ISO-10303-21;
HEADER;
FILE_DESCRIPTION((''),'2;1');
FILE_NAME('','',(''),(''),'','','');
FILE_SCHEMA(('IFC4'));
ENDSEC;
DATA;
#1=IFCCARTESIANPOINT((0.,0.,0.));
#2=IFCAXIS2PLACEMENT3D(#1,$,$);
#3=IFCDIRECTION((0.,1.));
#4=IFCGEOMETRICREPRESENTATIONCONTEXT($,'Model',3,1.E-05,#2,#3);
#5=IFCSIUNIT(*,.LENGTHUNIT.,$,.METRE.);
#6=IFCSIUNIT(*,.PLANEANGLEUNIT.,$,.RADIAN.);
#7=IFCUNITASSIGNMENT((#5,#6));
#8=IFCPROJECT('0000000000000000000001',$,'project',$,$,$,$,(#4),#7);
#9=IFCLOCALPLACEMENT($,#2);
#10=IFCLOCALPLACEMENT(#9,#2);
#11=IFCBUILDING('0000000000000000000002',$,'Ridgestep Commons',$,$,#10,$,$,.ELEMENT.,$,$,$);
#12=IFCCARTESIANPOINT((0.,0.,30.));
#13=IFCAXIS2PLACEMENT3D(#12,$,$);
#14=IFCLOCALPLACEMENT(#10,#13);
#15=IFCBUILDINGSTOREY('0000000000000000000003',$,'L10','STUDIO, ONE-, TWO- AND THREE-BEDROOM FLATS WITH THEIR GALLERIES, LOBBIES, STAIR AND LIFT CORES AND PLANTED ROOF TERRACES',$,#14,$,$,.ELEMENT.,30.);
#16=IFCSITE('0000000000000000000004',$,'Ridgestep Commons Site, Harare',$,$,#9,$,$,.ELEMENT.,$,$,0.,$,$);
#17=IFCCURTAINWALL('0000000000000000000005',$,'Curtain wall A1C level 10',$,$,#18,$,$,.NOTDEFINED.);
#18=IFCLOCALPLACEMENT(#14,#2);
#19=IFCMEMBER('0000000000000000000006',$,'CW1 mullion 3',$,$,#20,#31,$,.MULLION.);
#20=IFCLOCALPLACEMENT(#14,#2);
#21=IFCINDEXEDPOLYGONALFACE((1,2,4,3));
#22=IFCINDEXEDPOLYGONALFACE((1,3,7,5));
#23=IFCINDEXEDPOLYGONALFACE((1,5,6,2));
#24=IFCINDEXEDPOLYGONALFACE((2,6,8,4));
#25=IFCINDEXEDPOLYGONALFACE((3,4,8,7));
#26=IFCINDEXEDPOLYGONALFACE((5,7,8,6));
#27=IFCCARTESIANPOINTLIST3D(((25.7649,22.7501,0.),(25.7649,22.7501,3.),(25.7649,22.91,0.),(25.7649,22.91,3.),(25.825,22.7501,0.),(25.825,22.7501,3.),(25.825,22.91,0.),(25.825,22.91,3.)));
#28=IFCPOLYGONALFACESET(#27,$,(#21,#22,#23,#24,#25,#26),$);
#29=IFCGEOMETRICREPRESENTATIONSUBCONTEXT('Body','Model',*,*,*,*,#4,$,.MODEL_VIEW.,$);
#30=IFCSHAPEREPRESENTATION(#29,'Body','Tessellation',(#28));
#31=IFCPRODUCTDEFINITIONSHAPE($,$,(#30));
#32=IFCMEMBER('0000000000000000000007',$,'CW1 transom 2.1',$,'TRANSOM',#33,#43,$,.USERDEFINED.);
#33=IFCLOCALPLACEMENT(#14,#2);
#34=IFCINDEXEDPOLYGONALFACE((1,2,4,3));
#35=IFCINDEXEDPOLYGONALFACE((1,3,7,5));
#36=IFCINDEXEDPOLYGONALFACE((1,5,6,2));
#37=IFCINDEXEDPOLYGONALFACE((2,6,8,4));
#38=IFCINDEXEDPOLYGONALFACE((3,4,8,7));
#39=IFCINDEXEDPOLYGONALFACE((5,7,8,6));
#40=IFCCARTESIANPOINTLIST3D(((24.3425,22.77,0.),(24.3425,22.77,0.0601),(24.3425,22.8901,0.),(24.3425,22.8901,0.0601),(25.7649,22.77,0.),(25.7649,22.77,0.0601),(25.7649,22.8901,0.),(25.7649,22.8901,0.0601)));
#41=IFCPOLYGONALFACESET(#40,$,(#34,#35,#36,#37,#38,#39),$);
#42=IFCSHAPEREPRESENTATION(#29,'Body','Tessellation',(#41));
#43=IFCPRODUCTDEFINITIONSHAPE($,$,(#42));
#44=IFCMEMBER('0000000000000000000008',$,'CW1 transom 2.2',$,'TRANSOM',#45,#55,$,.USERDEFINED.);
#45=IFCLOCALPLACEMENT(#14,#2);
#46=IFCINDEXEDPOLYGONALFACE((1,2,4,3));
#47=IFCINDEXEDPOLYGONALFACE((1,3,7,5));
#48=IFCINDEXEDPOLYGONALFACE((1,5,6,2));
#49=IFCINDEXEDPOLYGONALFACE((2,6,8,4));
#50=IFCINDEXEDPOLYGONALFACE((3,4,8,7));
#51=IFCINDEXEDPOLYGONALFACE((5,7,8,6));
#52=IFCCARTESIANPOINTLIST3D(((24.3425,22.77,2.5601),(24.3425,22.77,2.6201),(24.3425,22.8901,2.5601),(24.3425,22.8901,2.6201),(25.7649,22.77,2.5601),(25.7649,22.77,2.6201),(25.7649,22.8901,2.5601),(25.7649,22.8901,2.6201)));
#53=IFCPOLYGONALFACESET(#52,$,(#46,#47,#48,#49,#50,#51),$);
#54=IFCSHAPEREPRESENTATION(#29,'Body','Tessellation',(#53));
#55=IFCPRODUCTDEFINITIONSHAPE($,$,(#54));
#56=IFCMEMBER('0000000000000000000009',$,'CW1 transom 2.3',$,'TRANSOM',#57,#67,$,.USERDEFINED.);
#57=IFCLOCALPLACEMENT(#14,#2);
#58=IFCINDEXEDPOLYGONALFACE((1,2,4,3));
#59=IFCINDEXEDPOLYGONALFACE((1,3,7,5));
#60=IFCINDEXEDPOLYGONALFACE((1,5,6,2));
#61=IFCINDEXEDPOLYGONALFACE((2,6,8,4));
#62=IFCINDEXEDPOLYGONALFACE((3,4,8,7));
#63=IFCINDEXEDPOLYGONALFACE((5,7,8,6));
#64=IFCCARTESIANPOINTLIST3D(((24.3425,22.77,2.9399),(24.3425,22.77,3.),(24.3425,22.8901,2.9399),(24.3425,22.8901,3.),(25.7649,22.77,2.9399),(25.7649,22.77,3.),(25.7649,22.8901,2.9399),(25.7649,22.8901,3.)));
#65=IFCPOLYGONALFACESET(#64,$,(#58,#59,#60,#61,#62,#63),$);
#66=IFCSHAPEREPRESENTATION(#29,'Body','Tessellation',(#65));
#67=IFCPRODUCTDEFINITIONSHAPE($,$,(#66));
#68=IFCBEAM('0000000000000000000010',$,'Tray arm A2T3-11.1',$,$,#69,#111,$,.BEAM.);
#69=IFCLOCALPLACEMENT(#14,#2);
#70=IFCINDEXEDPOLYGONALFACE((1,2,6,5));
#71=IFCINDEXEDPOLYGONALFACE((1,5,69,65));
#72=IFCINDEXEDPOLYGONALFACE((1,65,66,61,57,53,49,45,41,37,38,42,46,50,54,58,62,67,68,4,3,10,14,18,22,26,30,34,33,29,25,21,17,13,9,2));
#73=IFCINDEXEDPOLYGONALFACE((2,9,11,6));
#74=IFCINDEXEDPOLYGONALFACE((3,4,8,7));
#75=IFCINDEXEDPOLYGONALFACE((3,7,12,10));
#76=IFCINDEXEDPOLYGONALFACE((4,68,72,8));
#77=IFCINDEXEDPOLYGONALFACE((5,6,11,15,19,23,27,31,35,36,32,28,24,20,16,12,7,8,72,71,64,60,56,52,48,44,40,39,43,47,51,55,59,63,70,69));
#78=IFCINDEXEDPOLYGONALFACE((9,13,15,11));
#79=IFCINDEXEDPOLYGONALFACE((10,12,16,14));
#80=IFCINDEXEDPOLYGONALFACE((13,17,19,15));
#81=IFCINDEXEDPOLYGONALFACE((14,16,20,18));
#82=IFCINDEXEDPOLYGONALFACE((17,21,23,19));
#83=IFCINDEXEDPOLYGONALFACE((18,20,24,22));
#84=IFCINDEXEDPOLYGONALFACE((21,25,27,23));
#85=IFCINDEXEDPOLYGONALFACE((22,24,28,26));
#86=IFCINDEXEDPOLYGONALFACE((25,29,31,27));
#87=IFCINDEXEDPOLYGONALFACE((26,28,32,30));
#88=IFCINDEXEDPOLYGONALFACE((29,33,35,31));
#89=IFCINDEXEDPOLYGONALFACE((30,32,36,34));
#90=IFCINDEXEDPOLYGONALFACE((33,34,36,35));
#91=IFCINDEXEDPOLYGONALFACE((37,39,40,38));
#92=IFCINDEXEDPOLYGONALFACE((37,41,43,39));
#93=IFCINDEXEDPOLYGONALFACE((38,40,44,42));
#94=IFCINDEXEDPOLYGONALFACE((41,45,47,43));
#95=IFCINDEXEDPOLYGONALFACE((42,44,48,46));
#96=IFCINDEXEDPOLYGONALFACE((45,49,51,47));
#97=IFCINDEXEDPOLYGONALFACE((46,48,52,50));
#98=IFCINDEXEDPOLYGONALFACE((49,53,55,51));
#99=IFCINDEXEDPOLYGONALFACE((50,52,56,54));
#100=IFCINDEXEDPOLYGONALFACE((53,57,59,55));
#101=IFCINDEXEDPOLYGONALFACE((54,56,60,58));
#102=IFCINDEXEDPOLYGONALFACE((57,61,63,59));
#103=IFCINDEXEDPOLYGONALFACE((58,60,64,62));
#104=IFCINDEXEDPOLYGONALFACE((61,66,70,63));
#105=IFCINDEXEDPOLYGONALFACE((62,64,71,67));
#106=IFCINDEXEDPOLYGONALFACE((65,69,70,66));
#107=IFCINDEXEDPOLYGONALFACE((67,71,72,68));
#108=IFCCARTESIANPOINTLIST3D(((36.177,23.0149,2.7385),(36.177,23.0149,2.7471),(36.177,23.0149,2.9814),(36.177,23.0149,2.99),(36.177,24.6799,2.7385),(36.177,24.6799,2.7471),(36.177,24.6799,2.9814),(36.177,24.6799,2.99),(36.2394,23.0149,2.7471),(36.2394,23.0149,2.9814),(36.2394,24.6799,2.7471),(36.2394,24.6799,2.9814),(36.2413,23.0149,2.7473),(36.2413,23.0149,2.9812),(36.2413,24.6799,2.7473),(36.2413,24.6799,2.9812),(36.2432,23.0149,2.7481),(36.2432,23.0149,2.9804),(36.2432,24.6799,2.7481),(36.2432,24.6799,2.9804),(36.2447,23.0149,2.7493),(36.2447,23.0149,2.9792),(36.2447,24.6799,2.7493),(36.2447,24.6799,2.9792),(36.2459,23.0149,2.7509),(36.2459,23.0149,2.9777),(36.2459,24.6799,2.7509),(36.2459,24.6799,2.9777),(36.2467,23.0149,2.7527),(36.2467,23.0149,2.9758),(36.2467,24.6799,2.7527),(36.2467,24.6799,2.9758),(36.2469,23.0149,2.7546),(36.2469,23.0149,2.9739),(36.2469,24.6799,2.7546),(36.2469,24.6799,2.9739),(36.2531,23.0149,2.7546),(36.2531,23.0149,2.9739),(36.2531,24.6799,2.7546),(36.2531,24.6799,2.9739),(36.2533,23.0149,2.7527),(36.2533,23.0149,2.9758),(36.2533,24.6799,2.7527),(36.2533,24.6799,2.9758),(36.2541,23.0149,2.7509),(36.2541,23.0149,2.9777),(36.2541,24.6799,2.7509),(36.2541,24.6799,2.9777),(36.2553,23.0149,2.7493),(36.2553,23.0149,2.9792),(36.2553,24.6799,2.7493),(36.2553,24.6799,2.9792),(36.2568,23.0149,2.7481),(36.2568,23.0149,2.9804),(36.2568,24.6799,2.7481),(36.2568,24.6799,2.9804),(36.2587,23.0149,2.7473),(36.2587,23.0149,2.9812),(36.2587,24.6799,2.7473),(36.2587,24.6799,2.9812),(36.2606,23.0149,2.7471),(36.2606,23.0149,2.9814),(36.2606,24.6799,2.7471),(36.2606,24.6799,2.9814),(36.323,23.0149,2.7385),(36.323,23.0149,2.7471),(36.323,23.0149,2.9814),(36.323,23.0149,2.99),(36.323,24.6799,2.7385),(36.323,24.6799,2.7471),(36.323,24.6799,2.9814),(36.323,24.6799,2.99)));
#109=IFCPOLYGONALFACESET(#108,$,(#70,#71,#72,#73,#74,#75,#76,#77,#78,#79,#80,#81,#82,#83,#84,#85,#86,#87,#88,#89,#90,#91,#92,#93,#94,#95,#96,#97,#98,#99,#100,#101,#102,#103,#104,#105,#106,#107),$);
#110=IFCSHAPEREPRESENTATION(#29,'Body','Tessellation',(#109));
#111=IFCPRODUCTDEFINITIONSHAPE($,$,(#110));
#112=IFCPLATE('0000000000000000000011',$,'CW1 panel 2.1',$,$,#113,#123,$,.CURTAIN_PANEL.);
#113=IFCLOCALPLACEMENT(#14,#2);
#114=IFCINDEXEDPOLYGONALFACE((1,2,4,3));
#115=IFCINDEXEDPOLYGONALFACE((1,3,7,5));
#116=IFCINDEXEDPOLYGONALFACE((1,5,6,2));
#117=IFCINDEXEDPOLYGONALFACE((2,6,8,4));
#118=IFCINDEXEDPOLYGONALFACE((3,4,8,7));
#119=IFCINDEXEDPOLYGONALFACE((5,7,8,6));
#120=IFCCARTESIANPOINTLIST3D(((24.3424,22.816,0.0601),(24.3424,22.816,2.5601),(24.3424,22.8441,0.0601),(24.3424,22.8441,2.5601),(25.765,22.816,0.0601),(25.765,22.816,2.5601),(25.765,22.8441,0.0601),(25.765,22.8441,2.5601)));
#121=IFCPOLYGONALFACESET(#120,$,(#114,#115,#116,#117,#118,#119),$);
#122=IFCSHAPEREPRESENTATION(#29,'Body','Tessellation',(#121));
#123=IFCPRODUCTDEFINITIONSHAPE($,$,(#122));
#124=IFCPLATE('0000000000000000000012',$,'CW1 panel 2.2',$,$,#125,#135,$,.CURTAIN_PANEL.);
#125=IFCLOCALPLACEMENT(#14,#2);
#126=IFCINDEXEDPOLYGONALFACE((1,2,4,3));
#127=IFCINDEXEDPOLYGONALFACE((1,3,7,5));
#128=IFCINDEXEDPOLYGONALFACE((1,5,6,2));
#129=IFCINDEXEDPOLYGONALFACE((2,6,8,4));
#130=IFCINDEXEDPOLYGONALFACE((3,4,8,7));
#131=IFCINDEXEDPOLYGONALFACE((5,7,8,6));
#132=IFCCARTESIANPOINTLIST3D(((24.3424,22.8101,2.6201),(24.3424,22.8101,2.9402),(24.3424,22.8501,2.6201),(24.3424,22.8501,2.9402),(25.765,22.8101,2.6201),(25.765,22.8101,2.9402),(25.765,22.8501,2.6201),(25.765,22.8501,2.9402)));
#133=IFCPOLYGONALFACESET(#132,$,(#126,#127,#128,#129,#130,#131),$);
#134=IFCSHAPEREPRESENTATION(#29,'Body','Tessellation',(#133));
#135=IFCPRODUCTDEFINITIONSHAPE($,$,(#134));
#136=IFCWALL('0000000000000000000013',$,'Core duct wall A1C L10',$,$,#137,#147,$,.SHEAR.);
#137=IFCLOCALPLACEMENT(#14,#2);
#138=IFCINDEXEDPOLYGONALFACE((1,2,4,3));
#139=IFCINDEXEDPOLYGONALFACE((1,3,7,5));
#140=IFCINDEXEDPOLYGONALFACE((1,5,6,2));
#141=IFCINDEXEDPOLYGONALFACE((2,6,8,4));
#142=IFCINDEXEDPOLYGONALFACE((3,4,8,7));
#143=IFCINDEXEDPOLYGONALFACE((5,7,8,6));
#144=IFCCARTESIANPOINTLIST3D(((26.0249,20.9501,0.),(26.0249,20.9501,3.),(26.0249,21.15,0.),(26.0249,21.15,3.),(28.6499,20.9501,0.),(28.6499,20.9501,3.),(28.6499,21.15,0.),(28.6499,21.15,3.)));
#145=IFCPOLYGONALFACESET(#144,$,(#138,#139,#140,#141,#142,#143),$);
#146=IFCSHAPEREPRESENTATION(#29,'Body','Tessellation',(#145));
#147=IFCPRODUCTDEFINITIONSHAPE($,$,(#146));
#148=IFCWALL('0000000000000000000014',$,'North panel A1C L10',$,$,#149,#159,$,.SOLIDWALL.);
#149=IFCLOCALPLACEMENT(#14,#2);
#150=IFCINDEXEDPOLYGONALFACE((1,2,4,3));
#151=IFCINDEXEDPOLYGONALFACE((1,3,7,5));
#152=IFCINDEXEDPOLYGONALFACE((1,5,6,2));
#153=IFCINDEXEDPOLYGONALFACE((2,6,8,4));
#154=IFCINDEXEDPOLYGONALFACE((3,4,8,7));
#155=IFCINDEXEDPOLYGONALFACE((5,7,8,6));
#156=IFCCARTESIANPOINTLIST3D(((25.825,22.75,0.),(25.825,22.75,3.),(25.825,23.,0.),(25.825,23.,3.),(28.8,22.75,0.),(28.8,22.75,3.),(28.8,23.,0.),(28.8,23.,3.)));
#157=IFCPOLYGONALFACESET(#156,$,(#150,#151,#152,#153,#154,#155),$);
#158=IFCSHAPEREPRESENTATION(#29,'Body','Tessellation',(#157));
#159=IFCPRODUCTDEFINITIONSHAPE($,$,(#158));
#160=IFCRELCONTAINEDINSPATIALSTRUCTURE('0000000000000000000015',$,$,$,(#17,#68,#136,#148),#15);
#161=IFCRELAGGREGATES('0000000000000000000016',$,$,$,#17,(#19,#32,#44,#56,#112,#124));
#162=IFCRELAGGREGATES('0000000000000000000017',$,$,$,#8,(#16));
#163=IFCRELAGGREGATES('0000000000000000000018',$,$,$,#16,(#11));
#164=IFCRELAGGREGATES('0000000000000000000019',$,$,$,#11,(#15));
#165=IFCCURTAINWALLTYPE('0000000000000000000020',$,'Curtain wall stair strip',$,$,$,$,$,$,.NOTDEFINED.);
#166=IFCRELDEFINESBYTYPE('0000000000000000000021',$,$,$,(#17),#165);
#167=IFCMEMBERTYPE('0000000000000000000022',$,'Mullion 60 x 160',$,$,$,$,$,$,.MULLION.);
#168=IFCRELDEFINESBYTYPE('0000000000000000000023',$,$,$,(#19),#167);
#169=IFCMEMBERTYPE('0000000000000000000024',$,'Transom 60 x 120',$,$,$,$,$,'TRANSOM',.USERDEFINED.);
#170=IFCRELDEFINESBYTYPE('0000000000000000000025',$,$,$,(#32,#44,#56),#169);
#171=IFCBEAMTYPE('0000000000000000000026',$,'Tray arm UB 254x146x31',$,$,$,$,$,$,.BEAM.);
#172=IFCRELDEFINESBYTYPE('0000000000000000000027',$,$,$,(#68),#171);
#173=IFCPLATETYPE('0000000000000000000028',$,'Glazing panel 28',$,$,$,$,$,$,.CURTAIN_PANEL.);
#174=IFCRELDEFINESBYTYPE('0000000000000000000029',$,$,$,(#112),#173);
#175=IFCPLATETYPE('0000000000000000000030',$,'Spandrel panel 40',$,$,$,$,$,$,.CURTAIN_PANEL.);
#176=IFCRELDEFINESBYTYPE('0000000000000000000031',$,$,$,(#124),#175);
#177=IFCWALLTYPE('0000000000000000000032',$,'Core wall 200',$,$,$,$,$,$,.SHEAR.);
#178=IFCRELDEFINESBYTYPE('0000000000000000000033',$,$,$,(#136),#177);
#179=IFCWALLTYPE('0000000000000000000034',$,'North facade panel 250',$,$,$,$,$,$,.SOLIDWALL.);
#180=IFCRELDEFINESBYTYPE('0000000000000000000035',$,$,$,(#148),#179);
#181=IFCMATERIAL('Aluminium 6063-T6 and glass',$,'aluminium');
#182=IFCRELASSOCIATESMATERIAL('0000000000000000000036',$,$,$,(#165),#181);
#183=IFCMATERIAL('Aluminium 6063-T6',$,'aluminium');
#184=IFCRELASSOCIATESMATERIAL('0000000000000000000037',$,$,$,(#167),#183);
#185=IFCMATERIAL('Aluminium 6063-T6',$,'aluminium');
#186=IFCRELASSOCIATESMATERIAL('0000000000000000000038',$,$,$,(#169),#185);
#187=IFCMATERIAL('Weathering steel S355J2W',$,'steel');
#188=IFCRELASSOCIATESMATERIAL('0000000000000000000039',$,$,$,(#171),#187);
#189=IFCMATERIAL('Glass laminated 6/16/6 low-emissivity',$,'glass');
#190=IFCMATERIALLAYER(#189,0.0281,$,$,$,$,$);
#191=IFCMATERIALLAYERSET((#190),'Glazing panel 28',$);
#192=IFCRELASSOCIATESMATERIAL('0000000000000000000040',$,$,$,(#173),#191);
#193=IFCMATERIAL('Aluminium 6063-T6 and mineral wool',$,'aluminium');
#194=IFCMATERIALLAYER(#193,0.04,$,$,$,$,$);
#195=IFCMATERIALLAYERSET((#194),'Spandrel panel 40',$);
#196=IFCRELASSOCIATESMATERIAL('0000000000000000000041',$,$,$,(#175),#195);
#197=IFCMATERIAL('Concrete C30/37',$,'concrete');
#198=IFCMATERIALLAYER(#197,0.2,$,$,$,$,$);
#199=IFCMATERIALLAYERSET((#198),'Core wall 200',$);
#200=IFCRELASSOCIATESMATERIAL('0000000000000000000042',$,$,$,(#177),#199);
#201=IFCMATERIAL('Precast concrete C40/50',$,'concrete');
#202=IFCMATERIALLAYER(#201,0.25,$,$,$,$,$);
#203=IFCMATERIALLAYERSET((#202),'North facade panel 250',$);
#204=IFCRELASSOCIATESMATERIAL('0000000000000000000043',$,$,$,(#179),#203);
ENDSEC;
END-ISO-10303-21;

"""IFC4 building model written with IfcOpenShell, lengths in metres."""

from ifc_helpers import new_model, si_unit, direction, frame, frame_2d, origin, origin_2d, place, context, subcontext, project, spatial, rectangle, i_section, extrude, material, layer, layer_set, material_profile, profile_set, type_object, element, aggregate, save


model = new_model("IFC4")

# Units and contexts
model_context = context("Model", 3, precision=1e-05, world=origin(), true_north=direction((0.0, 1.0)))
body_context = subcontext(model_context, "Body", "Model", "MODEL_VIEW")
ifc_project = project(units=[si_unit("LENGTHUNIT", "METRE"), si_unit("PLANEANGLEUNIT", "RADIAN")], contexts=[model_context])

# Site, building, storey
site_placement = place(None, origin())
site = spatial("IfcSite", under=ifc_project, at=site_placement, Name="Ridgestep Commons Site, Harare", CompositionType="ELEMENT", RefElevation=0.0)
building_placement = place(site_placement, origin())
building = spatial("IfcBuilding", under=site, at=building_placement, Name="Ridgestep Commons", CompositionType="ELEMENT")
storey_placement = place(building_placement, frame((0.0, 0.0, 30.0)))
storey = spatial("IfcBuildingStorey", under=building, at=storey_placement, Name="L10", Description="STUDIO, ONE-, TWO- AND THREE-BEDROOM FLATS WITH THEIR GALLERIES, LOBBIES, STAIR AND LIFT CORES AND PLANTED ROOF TERRACES", CompositionType="ELEMENT", Elevation=30.0)

# Curtain wall, members
ifc_material_1 = material(Name="Aluminium 6063-T6 and glass", Category="aluminium")
curtain_wall_type = type_object("IfcCurtainWallType", Name="Curtain wall stair strip", PredefinedType="NOTDEFINED", material=ifc_material_1)
curtain_wall_placement = place(storey_placement, origin())
curtain_wall = element("IfcCurtainWall", 1, at=curtain_wall_placement, inside=storey, type_object=curtain_wall_type, Name="Curtain wall A1C level 10", PredefinedType="NOTDEFINED")
ifc_material_2 = material(Name="Aluminium 6063-T6", Category="aluminium")
ifc_material_profile_1 = material_profile(ifc_material_2, rectangle(XDim=0.1599, YDim=0.0601, at=origin_2d()), Name="Mullion 60 x 160")
ifc_profile_set_1 = profile_set([ifc_material_profile_1], Name="Aluminium 6063-T6")
member_type_1 = type_object("IfcMemberType", Name="Mullion 60 x 160", PredefinedType="MULLION", material=ifc_profile_set_1)
member_1_placement = place(storey_placement, frame((25.7949, 22.8301, 0.0), z_axis=(0.0, 0.0, 1.0), x_axis=(0.0, 1.0, 0.0)))
member_1 = element("IfcMember", 2, at=member_1_placement, type_object=member_type_1, Name="CW1 mullion 3", PredefinedType="MULLION", context=body_context, shape_type="SweptSolid", body=[
    extrude(rectangle(XDim=0.1599, YDim=0.0601, at=origin_2d()), origin(), (0.0, 0.0, 1.0), 3.0),
])
ifc_material_3 = material(Name="Aluminium 6063-T6", Category="aluminium")
ifc_material_profile_2 = material_profile(ifc_material_3, rectangle(XDim=0.1201, YDim=0.0601, at=origin_2d()), Name="Transom 60 x 120")
ifc_profile_set_2 = profile_set([ifc_material_profile_2], Name="Aluminium 6063-T6")
member_type_2 = type_object("IfcMemberType", Name="Transom 60 x 120", ElementType="TRANSOM", PredefinedType="USERDEFINED", material=ifc_profile_set_2)
member_2_placement = place(storey_placement, frame((24.3425, 22.8301, 0.03), z_axis=(1.0, 0.0, 0.0), x_axis=(0.0, 1.0, 0.0)))
member_2 = element("IfcMember", 3, at=member_2_placement, type_object=member_type_2, Name="CW1 transom 2.1", ObjectType="TRANSOM", PredefinedType="USERDEFINED", context=body_context, shape_type="SweptSolid", body=[
    extrude(rectangle(XDim=0.1201, YDim=0.0601, at=origin_2d()), origin(), (0.0, 0.0, 1.0), 1.4224),
])
member_3_placement = place(storey_placement, frame((24.3425, 22.8301, 2.5901), z_axis=(1.0, 0.0, 0.0), x_axis=(0.0, 1.0, 0.0)))
member_3 = element("IfcMember", 4, at=member_3_placement, type_object=member_type_2, Name="CW1 transom 2.2", ObjectType="TRANSOM", PredefinedType="USERDEFINED", context=body_context, shape_type="SweptSolid", body=[
    extrude(rectangle(XDim=0.1201, YDim=0.0601, at=origin_2d()), origin(), (0.0, 0.0, 1.0), 1.4224),
])
member_4_placement = place(storey_placement, frame((24.3425, 22.8301, 2.97), z_axis=(1.0, 0.0, 0.0), x_axis=(0.0, 1.0, 0.0)))
member_4 = element("IfcMember", 5, at=member_4_placement, type_object=member_type_2, Name="CW1 transom 2.3", ObjectType="TRANSOM", PredefinedType="USERDEFINED", context=body_context, shape_type="SweptSolid", body=[
    extrude(rectangle(XDim=0.1201, YDim=0.0601, at=origin_2d()), origin(), (0.0, 0.0, 1.0), 1.4224),
])

# Beam
ifc_material_4 = material(Name="Weathering steel S355J2W", Category="steel")
ifc_material_profile_3 = material_profile(ifc_material_4, i_section(OverallWidth=0.146, OverallDepth=0.2515, WebThickness=0.0061, FlangeThickness=0.0085, FilletRadius=0.0076, at=origin_2d()), Name="UB 254x146x31")
ifc_profile_set_3 = profile_set([ifc_material_profile_3], Name="Weathering steel S355J2W")
beam_type = type_object("IfcBeamType", Name="Tray arm UB 254x146x31", PredefinedType="BEAM", material=ifc_profile_set_3)
beam_placement = place(storey_placement, frame((36.25, 23.0149, 2.8643), z_axis=(0.0, 1.0, 0.0), x_axis=(-1.0, 0.0, 0.0)))
element("IfcBeam", 6, at=beam_placement, inside=storey, type_object=beam_type, Name="Tray arm A2T3-11.1", PredefinedType="BEAM", context=body_context, shape_type="SweptSolid", body=[
    extrude(i_section(OverallWidth=0.146, OverallDepth=0.2515, WebThickness=0.0061, FlangeThickness=0.0085, FilletRadius=0.0076, at=origin_2d()), origin(), (0.0, 0.0, 1.0), 1.665),
])

# Plates
ifc_material_5 = material(Name="Glass laminated 6/16/6 low-emissivity", Category="glass")
ifc_layer_1 = layer(ifc_material_5, 0.0281)
ifc_layer_set_1 = layer_set([ifc_layer_1], Name="Glazing panel 28")
plate_type_1 = type_object("IfcPlateType", Name="Glazing panel 28", PredefinedType="CURTAIN_PANEL", material=ifc_layer_set_1)
plate_1_placement = place(storey_placement, frame((25.0537, 22.8301, 0.0601), z_axis=(0.0, 0.0, 1.0), x_axis=(1.0, 0.0, 0.0)))
plate_1 = element("IfcPlate", 7, at=plate_1_placement, type_object=plate_type_1, Name="CW1 panel 2.1", PredefinedType="CURTAIN_PANEL", context=body_context, shape_type="SweptSolid", body=[
    extrude(rectangle(XDim=1.4226, YDim=0.0281, at=origin_2d()), origin(), (0.0, 0.0, 1.0), 2.5),
])
ifc_material_6 = material(Name="Aluminium 6063-T6 and mineral wool", Category="aluminium")
ifc_layer_2 = layer(ifc_material_6, 0.04)
ifc_layer_set_2 = layer_set([ifc_layer_2], Name="Spandrel panel 40")
plate_type_2 = type_object("IfcPlateType", Name="Spandrel panel 40", PredefinedType="CURTAIN_PANEL", material=ifc_layer_set_2)
plate_2_placement = place(storey_placement, frame((25.0537, 22.8301, 2.6201), z_axis=(0.0, 0.0, 1.0), x_axis=(1.0, 0.0, 0.0)))
plate_2 = element("IfcPlate", 8, at=plate_2_placement, type_object=plate_type_2, Name="CW1 panel 2.2", PredefinedType="CURTAIN_PANEL", context=body_context, shape_type="SweptSolid", body=[
    extrude(rectangle(XDim=1.4226, YDim=0.04, at=origin_2d()), origin(), (0.0, 0.0, 1.0), 0.3201),
])
aggregate(curtain_wall, [member_1, member_2, member_3, member_4, plate_1, plate_2])

# Walls
ifc_material_7 = material(Name="Concrete C30/37", Category="concrete")
ifc_layer_3 = layer(ifc_material_7, 0.2)
ifc_layer_set_3 = layer_set([ifc_layer_3], Name="Core wall 200")
wall_type_1 = type_object("IfcWallType", Name="Core wall 200", PredefinedType="SHEAR", material=ifc_layer_set_3)
wall_1_placement = place(storey_placement, frame((26.0249, 21.05, 0.0), z_axis=(0.0, 0.0, 1.0), x_axis=(1.0, 0.0, 0.0)))
element("IfcWall", 9, at=wall_1_placement, inside=storey, type_object=wall_type_1, Name="Core duct wall A1C L10", PredefinedType="SHEAR", context=body_context, shape_type="SweptSolid", body=[
    extrude(rectangle(XDim=2.625, YDim=0.2, at=frame_2d((1.3125, 0.0))), origin(), (0.0, 0.0, 1.0), 3.0),
])
ifc_material_8 = material(Name="Precast concrete C40/50", Category="concrete")
ifc_layer_4 = layer(ifc_material_8, 0.25)
ifc_layer_set_4 = layer_set([ifc_layer_4], Name="North facade panel 250")
wall_type_2 = type_object("IfcWallType", Name="North facade panel 250", PredefinedType="SOLIDWALL", material=ifc_layer_set_4)
wall_2_placement = place(storey_placement, frame((25.825, 22.875, 0.0), z_axis=(0.0, 0.0, 1.0), x_axis=(1.0, 0.0, 0.0)))
element("IfcWall", 10, at=wall_2_placement, inside=storey, type_object=wall_type_2, Name="North panel A1C L10", PredefinedType="SOLIDWALL", context=body_context, shape_type="SweptSolid", body=[
    extrude(rectangle(XDim=2.9751, YDim=0.25, at=frame_2d((1.4875, 0.0))), origin(), (0.0, 0.0, 1.0), 3.0),
])

save(model, "model.ifc")
